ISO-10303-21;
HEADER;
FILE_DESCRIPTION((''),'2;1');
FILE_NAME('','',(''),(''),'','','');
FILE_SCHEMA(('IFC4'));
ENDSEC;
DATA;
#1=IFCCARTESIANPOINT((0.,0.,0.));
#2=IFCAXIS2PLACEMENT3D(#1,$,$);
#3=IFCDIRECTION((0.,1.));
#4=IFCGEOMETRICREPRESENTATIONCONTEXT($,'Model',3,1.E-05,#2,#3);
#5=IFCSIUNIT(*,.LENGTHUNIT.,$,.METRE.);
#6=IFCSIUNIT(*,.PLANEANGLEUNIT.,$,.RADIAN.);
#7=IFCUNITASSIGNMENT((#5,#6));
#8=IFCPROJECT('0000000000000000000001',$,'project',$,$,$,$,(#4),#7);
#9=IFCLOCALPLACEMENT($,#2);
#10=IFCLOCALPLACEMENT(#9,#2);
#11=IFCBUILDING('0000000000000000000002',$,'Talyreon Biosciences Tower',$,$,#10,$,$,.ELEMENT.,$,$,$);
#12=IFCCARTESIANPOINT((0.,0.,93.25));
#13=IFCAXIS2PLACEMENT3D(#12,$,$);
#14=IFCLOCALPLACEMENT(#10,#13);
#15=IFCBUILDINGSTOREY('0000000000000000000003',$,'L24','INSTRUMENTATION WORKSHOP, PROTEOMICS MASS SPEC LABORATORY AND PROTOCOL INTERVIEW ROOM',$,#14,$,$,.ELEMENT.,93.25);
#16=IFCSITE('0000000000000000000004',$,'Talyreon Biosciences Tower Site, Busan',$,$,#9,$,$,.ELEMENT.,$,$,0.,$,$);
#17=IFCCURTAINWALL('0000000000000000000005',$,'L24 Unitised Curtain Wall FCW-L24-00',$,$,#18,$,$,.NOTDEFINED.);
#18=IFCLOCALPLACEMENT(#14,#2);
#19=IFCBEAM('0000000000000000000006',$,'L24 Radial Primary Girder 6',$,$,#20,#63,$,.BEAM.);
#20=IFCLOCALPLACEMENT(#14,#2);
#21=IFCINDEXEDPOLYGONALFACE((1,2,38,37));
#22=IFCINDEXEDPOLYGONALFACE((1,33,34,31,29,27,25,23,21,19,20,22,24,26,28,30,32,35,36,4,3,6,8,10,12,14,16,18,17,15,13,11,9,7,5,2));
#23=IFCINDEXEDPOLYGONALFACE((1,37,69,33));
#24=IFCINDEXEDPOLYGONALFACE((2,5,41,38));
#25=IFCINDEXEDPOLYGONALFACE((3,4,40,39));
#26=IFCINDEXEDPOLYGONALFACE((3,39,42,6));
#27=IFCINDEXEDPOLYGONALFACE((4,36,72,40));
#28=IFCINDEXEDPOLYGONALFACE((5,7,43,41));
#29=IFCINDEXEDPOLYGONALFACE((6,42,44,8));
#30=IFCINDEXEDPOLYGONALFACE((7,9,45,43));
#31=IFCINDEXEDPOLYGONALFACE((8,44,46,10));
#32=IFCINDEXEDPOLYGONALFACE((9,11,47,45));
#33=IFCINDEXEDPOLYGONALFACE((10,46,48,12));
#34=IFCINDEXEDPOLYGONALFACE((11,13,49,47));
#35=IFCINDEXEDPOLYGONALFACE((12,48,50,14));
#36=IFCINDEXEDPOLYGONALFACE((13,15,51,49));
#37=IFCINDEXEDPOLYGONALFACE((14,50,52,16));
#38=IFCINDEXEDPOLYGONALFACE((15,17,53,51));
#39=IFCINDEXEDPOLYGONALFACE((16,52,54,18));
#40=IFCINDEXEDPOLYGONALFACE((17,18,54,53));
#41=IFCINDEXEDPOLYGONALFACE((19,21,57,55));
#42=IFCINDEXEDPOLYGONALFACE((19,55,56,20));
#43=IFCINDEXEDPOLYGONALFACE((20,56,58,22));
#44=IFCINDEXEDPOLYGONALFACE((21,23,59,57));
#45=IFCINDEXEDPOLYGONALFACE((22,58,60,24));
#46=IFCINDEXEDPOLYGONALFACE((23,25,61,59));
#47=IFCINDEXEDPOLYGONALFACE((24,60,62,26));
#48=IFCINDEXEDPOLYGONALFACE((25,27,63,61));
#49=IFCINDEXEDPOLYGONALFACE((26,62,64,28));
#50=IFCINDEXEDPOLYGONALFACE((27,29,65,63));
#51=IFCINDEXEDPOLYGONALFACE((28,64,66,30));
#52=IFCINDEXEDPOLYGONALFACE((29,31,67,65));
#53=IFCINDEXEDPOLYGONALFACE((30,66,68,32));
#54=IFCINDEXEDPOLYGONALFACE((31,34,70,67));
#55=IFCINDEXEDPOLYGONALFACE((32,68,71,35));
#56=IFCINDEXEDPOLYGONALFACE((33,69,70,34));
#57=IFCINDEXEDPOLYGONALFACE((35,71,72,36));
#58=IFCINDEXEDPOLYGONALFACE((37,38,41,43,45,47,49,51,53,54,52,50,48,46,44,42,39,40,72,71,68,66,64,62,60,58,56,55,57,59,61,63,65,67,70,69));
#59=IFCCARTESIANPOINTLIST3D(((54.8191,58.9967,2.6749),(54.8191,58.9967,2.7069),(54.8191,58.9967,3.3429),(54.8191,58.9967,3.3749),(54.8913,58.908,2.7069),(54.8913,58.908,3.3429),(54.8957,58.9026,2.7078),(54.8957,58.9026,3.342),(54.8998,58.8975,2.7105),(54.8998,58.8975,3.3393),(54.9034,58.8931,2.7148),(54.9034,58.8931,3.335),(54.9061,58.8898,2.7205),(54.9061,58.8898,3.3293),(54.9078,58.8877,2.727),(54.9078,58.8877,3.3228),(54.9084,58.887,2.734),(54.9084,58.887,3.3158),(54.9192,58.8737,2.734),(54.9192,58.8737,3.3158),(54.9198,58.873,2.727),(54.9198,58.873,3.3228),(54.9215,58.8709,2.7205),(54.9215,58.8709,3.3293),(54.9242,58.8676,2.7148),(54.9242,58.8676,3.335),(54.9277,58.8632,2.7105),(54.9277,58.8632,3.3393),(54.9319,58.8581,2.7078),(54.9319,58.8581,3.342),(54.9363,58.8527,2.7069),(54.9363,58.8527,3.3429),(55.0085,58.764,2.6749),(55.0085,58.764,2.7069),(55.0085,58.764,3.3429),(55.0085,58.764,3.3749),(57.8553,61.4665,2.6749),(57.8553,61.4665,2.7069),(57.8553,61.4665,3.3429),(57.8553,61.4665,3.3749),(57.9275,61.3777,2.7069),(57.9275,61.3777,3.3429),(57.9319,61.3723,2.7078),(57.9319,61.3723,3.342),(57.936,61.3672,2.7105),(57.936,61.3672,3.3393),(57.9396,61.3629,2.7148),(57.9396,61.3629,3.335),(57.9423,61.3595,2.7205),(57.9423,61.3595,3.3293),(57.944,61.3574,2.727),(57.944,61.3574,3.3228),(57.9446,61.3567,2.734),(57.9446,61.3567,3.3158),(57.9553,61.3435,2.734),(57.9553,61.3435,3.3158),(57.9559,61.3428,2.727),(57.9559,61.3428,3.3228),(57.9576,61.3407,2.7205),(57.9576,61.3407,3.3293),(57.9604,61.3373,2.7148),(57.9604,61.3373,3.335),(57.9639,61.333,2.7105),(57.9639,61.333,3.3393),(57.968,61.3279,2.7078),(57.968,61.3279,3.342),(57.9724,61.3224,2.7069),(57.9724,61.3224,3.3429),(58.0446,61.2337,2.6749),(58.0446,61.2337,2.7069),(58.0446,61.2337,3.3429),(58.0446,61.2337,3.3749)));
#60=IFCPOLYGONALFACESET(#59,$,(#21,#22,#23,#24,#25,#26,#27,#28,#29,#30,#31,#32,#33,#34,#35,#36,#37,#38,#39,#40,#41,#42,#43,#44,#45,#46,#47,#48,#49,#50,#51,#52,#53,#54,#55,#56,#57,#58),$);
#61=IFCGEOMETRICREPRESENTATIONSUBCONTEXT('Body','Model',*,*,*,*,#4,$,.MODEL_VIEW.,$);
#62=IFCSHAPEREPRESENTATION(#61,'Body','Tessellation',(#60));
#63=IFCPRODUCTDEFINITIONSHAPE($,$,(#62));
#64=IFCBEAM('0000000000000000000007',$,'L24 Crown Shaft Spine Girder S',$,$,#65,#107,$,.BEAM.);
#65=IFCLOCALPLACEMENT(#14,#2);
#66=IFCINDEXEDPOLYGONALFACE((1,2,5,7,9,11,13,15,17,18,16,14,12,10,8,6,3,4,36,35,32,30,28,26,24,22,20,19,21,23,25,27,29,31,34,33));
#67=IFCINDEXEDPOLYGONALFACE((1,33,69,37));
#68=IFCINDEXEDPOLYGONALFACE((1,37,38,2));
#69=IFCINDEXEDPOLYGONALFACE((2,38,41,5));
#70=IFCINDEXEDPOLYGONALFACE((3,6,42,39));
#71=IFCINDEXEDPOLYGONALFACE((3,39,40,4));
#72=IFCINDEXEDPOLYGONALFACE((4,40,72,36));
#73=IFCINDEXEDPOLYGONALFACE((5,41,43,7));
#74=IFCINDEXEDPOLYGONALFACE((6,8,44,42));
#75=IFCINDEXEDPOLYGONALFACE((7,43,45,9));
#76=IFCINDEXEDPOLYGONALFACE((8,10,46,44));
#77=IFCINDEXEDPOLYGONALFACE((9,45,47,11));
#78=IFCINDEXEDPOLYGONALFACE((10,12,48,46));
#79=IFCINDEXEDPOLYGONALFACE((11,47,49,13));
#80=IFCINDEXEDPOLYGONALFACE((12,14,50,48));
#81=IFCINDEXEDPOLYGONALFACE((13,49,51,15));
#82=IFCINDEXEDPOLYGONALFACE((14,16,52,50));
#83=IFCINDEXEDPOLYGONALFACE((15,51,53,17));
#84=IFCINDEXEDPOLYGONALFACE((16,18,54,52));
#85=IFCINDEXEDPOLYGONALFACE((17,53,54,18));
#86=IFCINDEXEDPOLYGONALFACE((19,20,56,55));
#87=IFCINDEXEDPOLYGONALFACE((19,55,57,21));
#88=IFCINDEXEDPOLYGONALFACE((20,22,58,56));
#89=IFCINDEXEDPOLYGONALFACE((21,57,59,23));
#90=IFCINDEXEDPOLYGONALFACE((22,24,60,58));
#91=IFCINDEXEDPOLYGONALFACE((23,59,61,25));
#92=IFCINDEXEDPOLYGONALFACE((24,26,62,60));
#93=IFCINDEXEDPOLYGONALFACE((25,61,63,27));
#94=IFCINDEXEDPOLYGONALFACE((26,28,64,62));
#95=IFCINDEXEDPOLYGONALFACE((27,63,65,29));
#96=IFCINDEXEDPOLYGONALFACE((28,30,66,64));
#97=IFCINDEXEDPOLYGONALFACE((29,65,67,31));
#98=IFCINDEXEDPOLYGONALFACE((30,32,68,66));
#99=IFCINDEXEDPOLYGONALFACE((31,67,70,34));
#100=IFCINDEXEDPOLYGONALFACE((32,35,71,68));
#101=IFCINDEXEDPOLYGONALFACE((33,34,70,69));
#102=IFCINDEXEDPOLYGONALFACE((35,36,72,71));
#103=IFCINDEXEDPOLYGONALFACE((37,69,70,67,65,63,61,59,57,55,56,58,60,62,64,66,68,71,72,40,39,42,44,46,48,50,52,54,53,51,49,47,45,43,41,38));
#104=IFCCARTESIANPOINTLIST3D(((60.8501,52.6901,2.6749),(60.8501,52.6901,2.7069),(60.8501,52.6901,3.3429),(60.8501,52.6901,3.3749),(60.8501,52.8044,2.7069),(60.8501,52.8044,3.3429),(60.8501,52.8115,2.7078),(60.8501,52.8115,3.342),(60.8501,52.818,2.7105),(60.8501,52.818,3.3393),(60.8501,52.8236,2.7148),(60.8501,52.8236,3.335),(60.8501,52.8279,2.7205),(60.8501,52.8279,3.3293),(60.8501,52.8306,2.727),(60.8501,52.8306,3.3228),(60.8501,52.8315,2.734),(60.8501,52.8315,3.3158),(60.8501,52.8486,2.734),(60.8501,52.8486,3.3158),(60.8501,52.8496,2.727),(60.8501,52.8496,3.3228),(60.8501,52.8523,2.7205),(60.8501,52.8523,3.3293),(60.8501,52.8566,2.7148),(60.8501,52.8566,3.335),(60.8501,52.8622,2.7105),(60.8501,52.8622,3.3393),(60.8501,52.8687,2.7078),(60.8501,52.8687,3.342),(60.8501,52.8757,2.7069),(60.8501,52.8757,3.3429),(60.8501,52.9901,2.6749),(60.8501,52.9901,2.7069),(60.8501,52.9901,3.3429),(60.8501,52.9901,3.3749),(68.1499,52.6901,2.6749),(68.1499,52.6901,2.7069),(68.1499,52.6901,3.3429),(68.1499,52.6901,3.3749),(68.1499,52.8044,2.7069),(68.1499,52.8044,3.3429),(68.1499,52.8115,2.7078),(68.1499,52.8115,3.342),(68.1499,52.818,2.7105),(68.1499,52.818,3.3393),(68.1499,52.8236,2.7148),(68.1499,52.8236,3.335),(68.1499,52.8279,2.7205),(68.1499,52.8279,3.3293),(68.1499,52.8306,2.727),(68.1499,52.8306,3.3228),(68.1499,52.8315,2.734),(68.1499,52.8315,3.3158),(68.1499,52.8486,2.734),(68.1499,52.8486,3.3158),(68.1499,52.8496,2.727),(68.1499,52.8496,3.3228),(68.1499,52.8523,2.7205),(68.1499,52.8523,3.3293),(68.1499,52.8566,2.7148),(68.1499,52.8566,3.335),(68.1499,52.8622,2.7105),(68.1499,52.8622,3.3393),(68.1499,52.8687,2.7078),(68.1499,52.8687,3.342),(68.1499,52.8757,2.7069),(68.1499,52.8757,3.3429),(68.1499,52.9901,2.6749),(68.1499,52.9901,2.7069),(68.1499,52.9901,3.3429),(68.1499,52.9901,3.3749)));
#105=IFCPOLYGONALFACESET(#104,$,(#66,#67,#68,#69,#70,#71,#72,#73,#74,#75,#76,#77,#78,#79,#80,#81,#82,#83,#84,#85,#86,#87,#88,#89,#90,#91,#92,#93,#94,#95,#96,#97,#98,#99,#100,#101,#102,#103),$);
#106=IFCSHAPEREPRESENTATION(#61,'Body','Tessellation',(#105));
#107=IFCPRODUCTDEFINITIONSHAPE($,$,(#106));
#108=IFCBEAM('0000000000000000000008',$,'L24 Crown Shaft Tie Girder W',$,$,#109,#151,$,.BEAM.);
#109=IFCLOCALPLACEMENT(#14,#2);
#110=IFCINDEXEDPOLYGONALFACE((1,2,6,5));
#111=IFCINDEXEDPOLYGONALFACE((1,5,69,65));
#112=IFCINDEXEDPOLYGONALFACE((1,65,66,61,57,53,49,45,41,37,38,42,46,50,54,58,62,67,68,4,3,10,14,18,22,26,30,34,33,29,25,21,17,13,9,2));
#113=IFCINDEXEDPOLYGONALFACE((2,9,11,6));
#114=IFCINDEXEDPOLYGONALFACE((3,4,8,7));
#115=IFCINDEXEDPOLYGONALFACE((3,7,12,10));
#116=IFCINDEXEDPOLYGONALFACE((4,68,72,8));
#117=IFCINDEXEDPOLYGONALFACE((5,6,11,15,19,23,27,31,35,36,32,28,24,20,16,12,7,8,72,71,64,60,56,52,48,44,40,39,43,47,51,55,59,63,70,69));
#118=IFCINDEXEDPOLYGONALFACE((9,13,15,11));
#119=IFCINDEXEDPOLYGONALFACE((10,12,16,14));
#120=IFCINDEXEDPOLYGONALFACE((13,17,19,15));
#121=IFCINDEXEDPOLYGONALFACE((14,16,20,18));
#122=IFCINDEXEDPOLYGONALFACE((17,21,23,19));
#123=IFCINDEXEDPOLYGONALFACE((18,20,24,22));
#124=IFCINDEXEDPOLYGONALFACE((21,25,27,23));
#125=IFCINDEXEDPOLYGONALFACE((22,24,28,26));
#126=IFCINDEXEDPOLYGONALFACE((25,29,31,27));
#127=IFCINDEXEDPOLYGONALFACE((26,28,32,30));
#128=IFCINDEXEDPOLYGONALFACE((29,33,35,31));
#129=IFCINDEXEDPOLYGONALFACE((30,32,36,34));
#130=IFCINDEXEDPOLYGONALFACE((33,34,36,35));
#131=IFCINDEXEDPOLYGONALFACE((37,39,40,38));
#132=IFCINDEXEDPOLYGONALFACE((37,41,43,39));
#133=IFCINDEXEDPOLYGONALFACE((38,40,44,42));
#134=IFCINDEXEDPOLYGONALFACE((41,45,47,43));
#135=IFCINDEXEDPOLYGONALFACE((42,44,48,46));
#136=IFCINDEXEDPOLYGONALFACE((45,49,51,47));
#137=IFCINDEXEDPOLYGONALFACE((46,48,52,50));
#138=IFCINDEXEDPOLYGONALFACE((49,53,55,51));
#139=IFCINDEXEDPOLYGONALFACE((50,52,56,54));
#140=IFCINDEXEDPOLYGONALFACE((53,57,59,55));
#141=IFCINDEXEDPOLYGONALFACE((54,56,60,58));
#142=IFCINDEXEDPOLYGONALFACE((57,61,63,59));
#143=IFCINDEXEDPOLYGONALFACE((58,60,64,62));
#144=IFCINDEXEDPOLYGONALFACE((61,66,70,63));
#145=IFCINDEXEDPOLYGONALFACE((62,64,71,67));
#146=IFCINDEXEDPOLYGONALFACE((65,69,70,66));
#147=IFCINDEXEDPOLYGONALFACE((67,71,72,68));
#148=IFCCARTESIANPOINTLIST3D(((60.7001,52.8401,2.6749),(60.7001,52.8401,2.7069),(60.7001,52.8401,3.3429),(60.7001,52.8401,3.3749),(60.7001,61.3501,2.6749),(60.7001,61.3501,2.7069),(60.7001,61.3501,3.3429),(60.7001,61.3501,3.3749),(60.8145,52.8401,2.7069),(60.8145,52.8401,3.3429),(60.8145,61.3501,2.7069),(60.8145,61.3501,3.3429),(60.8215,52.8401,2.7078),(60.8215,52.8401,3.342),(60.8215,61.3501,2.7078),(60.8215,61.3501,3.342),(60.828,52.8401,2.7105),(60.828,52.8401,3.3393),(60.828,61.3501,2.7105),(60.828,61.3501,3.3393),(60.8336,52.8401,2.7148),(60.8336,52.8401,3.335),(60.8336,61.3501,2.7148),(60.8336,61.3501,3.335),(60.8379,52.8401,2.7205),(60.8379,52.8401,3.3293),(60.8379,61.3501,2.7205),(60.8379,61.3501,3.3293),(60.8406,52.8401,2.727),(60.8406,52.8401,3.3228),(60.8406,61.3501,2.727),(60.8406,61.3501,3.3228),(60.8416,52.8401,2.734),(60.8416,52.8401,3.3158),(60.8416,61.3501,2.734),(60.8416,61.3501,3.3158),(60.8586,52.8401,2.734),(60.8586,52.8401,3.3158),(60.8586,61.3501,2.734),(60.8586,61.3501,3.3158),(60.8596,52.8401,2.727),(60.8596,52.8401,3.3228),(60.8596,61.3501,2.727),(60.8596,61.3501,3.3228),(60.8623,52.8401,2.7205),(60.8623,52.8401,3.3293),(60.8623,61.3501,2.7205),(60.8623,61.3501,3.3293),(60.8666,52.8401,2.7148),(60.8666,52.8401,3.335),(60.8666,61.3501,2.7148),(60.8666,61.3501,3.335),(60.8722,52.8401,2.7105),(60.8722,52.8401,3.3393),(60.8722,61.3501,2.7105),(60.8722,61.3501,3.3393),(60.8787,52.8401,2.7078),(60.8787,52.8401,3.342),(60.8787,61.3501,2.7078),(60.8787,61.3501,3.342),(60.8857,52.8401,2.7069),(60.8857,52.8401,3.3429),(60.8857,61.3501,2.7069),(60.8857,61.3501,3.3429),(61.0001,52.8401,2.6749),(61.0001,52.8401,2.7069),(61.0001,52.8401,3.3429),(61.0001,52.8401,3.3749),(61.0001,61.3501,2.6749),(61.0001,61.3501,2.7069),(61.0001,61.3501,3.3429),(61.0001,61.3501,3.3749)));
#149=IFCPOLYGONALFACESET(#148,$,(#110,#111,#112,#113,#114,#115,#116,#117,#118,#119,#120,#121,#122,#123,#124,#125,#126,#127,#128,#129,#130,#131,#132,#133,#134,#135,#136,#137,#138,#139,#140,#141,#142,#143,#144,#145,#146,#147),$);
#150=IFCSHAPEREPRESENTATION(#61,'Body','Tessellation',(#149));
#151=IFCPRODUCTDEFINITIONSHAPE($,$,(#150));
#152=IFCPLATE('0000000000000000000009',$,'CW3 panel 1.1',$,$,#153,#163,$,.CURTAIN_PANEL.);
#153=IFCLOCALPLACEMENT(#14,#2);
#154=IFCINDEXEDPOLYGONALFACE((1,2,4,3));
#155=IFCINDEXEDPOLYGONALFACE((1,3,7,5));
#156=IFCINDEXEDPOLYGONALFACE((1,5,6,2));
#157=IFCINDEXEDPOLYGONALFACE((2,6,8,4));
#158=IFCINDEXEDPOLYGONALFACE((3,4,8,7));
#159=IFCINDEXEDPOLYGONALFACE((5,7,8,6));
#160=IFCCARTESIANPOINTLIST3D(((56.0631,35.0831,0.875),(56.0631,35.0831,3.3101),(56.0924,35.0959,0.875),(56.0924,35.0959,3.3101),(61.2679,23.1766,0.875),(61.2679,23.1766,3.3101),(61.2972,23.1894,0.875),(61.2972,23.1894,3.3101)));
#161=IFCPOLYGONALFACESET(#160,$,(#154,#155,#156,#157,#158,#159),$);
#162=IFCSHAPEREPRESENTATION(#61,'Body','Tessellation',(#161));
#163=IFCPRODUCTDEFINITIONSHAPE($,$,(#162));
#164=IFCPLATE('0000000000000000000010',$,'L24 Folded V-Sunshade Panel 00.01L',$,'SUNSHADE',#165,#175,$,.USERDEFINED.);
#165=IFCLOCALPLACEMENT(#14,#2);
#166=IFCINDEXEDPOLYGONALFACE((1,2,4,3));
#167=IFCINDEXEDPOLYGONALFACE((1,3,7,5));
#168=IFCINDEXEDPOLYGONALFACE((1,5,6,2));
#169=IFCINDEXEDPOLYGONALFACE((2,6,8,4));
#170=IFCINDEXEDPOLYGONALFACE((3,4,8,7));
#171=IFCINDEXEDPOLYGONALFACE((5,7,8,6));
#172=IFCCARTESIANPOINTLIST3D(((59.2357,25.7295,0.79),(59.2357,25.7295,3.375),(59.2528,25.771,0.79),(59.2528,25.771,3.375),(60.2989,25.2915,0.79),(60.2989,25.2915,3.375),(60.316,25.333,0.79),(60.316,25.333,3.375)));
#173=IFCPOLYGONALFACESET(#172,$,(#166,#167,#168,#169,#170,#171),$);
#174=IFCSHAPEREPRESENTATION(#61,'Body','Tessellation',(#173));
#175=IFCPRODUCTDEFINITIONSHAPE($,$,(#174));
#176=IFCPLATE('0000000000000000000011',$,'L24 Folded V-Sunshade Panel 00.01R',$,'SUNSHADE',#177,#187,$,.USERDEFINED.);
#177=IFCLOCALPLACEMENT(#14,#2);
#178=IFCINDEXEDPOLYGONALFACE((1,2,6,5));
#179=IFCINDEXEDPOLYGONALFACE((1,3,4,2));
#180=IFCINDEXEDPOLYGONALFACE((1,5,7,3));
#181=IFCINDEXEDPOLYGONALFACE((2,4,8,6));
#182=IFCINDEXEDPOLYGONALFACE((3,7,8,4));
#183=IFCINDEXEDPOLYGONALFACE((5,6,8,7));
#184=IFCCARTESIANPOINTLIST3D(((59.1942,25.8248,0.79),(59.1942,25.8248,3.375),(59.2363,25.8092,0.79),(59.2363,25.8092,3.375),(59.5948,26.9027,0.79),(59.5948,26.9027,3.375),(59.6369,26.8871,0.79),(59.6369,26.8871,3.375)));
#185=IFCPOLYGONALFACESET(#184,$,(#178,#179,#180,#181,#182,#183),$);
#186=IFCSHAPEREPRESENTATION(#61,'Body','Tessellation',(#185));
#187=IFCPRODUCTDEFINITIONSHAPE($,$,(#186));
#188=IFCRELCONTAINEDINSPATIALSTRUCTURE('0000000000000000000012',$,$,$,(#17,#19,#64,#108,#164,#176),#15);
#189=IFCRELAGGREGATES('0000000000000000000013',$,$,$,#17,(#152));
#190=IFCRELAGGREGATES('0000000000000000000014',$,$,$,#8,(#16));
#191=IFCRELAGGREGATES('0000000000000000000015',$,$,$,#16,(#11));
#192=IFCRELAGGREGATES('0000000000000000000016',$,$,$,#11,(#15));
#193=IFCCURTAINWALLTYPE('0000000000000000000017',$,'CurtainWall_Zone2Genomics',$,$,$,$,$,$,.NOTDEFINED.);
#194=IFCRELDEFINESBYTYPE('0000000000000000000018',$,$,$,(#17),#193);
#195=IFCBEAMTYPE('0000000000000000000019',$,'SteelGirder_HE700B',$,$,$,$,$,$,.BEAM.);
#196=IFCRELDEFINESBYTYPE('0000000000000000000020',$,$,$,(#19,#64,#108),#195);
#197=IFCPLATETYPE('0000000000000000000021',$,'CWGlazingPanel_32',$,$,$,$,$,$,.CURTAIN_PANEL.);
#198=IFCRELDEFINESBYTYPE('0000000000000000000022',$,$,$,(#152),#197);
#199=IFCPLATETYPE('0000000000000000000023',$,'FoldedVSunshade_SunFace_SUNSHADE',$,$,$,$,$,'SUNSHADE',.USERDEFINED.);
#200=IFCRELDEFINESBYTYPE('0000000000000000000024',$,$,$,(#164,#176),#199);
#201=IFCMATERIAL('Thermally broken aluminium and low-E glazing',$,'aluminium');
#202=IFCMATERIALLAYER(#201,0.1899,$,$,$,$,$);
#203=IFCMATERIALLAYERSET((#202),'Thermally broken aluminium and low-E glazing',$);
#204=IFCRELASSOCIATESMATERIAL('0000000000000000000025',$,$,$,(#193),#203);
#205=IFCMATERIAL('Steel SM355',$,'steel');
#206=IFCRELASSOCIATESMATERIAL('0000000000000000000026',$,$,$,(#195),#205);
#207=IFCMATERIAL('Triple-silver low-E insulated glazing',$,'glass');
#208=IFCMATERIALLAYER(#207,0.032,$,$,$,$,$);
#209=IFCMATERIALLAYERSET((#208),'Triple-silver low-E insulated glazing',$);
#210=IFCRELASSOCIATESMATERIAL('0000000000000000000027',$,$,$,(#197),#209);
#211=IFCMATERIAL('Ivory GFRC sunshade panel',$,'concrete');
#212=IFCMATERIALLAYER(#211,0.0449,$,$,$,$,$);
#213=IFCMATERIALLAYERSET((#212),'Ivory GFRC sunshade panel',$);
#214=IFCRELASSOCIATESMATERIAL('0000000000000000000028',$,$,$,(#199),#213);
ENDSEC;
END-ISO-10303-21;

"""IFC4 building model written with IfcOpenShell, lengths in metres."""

from ifc_helpers import new_model, si_unit, direction, frame, origin, origin_2d, place, context, subcontext, project, spatial, rectangle, i_section, extrude, material, layer, layer_set, material_profile, profile_set, type_object, element, aggregate, save


model = new_model("IFC4")

# Units and contexts
model_context = context("Model", 3, precision=1e-05, world=origin(), true_north=direction((0.0, 1.0)))
body_context = subcontext(model_context, "Body", "Model", "MODEL_VIEW")
ifc_project = project(units=[si_unit("LENGTHUNIT", "METRE"), si_unit("PLANEANGLEUNIT", "RADIAN")], contexts=[model_context])

# Site, building, storey
site_placement = place(None, origin())
site = spatial("IfcSite", under=ifc_project, at=site_placement, Name="Talyreon Biosciences Tower Site, Busan", CompositionType="ELEMENT", RefElevation=0.0)
building_placement = place(site_placement, origin())
building = spatial("IfcBuilding", under=site, at=building_placement, Name="Talyreon Biosciences Tower", CompositionType="ELEMENT")
storey_placement = place(building_placement, frame((0.0, 0.0, 93.25)))
storey = spatial("IfcBuildingStorey", under=building, at=storey_placement, Name="L24", Description="INSTRUMENTATION WORKSHOP, PROTEOMICS MASS SPEC LABORATORY AND PROTOCOL INTERVIEW ROOM", CompositionType="ELEMENT", Elevation=93.25)

# Curtain wall
ifc_material_1 = material(Name="Thermally broken aluminium and low-E glazing", Category="aluminium")
ifc_layer_1 = layer(ifc_material_1, 0.1899)
ifc_layer_set_1 = layer_set([ifc_layer_1], Name="Thermally broken aluminium and low-E glazing")
curtain_wall_type = type_object("IfcCurtainWallType", Name="CurtainWall_Zone2Genomics", PredefinedType="NOTDEFINED", material=ifc_layer_set_1)
curtain_wall_placement = place(storey_placement, origin())
curtain_wall = element("IfcCurtainWall", 1, at=curtain_wall_placement, inside=storey, type_object=curtain_wall_type, Name="L24 Unitised Curtain Wall FCW-L24-00", PredefinedType="NOTDEFINED")

# Beams
ifc_material_2 = material(Name="Steel SM355", Category="steel")
ifc_material_profile_1 = material_profile(ifc_material_2, i_section(OverallWidth=0.3, OverallDepth=0.7, WebThickness=0.0171, FlangeThickness=0.032, FilletRadius=0.0271, at=origin_2d()), Name="HE700B")
ifc_profile_set_1 = profile_set([ifc_material_profile_1], Name="Steel SM355")
beam_type_1 = type_object("IfcBeamType", Name="SteelGirder_HE700B", PredefinedType="BEAM", material=ifc_profile_set_1)
beam_1_placement = place(storey_placement, frame((57.95, 61.3501, 3.0249), z_axis=(-0.775755, -0.631034, 0.0), x_axis=(0.631034, -0.775755, 0.0)))
element("IfcBeam", 2, at=beam_1_placement, inside=storey, type_object=beam_type_1, Name="L24 Radial Primary Girder 6", PredefinedType="BEAM", context=body_context, shape_type="SweptSolid", body=[
    extrude(i_section(OverallWidth=0.3, OverallDepth=0.7, WebThickness=0.0171, FlangeThickness=0.032, FilletRadius=0.0271, at=origin_2d()), origin(), (0.0, 0.0, 1.0), 3.9138),
])
beam_2_placement = place(storey_placement, frame((60.8501, 52.8401, 3.0249), z_axis=(1.0, 0.0, 0.0), x_axis=(0.0, 1.0, 0.0)))
element("IfcBeam", 3, at=beam_2_placement, inside=storey, type_object=beam_type_1, Name="L24 Crown Shaft Spine Girder S", PredefinedType="BEAM", context=body_context, shape_type="SweptSolid", body=[
    extrude(i_section(OverallWidth=0.3, OverallDepth=0.7, WebThickness=0.0171, FlangeThickness=0.032, FilletRadius=0.0271, at=origin_2d()), origin(), (0.0, 0.0, 1.0), 7.2998),
])
beam_3_placement = place(storey_placement, frame((60.8501, 52.8401, 3.0249), z_axis=(0.0, 1.0, 0.0), x_axis=(-1.0, 0.0, 0.0)))
element("IfcBeam", 4, at=beam_3_placement, inside=storey, type_object=beam_type_1, Name="L24 Crown Shaft Tie Girder W", PredefinedType="BEAM", context=body_context, shape_type="SweptSolid", body=[
    extrude(i_section(OverallWidth=0.3, OverallDepth=0.7, WebThickness=0.0171, FlangeThickness=0.032, FilletRadius=0.0271, at=origin_2d()), origin(), (0.0, 0.0, 1.0), 8.51),
])

# Plate
ifc_material_3 = material(Name="Triple-silver low-E insulated glazing", Category="glass")
ifc_layer_2 = layer(ifc_material_3, 0.032)
ifc_layer_set_2 = layer_set([ifc_layer_2], Name="Triple-silver low-E insulated glazing")
plate_type_1 = type_object("IfcPlateType", Name="CWGlazingPanel_32", PredefinedType="CURTAIN_PANEL", material=ifc_layer_set_2)
plate_placement = place(storey_placement, frame((58.6802, 29.1362, 0.875), z_axis=(0.0, 0.0, 1.0), x_axis=(-0.400542, 0.916278, 0.0)))
plate = element("IfcPlate", 5, at=plate_placement, type_object=plate_type_1, Name="CW3 panel 1.1", PredefinedType="CURTAIN_PANEL", context=body_context, shape_type="SweptSolid", body=[
    extrude(rectangle(XDim=12.9944, YDim=0.032, at=origin_2d()), origin(), (0.0, 0.0, 1.0), 2.4351),
])
aggregate(curtain_wall, [plate])

# Plates
ifc_material_4 = material(Name="Ivory GFRC sunshade panel", Category="concrete")
ifc_layer_3 = layer(ifc_material_4, 0.0449)
ifc_layer_set_3 = layer_set([ifc_layer_3], Name="Ivory GFRC sunshade panel")
plate_type_2 = type_object("IfcPlateType", Name="FoldedVSunshade_SunFace_SUNSHADE", ElementType="SUNSHADE", PredefinedType="USERDEFINED", material=ifc_layer_set_3)
for number, where, z_axis, x_axis, name in (
    (6, (59.7759, 25.5312, 0.79), (0.0, 0.0, 1.0), (-0.924626, 0.380877, 0.0), "L24 Folded V-Sunshade Panel 00.01L"),
    (7, (59.4155, 26.356, 0.79), (0.0, 0.0, 1.0), (0.348376, 0.937355, 0.0), "L24 Folded V-Sunshade Panel 00.01R"),
):
    element("IfcPlate", number, at=place(storey_placement, frame(where, z_axis=z_axis, x_axis=x_axis)), inside=storey, type_object=plate_type_2, Name=name, ObjectType="SUNSHADE", PredefinedType="USERDEFINED", context=body_context, shape_type="SweptSolid", body=[
        extrude(rectangle(XDim=1.1499, YDim=0.0449, at=origin_2d()), origin(), (0.0, 0.0, 1.0), 2.585),
    ])

save(model, "model.ifc")
